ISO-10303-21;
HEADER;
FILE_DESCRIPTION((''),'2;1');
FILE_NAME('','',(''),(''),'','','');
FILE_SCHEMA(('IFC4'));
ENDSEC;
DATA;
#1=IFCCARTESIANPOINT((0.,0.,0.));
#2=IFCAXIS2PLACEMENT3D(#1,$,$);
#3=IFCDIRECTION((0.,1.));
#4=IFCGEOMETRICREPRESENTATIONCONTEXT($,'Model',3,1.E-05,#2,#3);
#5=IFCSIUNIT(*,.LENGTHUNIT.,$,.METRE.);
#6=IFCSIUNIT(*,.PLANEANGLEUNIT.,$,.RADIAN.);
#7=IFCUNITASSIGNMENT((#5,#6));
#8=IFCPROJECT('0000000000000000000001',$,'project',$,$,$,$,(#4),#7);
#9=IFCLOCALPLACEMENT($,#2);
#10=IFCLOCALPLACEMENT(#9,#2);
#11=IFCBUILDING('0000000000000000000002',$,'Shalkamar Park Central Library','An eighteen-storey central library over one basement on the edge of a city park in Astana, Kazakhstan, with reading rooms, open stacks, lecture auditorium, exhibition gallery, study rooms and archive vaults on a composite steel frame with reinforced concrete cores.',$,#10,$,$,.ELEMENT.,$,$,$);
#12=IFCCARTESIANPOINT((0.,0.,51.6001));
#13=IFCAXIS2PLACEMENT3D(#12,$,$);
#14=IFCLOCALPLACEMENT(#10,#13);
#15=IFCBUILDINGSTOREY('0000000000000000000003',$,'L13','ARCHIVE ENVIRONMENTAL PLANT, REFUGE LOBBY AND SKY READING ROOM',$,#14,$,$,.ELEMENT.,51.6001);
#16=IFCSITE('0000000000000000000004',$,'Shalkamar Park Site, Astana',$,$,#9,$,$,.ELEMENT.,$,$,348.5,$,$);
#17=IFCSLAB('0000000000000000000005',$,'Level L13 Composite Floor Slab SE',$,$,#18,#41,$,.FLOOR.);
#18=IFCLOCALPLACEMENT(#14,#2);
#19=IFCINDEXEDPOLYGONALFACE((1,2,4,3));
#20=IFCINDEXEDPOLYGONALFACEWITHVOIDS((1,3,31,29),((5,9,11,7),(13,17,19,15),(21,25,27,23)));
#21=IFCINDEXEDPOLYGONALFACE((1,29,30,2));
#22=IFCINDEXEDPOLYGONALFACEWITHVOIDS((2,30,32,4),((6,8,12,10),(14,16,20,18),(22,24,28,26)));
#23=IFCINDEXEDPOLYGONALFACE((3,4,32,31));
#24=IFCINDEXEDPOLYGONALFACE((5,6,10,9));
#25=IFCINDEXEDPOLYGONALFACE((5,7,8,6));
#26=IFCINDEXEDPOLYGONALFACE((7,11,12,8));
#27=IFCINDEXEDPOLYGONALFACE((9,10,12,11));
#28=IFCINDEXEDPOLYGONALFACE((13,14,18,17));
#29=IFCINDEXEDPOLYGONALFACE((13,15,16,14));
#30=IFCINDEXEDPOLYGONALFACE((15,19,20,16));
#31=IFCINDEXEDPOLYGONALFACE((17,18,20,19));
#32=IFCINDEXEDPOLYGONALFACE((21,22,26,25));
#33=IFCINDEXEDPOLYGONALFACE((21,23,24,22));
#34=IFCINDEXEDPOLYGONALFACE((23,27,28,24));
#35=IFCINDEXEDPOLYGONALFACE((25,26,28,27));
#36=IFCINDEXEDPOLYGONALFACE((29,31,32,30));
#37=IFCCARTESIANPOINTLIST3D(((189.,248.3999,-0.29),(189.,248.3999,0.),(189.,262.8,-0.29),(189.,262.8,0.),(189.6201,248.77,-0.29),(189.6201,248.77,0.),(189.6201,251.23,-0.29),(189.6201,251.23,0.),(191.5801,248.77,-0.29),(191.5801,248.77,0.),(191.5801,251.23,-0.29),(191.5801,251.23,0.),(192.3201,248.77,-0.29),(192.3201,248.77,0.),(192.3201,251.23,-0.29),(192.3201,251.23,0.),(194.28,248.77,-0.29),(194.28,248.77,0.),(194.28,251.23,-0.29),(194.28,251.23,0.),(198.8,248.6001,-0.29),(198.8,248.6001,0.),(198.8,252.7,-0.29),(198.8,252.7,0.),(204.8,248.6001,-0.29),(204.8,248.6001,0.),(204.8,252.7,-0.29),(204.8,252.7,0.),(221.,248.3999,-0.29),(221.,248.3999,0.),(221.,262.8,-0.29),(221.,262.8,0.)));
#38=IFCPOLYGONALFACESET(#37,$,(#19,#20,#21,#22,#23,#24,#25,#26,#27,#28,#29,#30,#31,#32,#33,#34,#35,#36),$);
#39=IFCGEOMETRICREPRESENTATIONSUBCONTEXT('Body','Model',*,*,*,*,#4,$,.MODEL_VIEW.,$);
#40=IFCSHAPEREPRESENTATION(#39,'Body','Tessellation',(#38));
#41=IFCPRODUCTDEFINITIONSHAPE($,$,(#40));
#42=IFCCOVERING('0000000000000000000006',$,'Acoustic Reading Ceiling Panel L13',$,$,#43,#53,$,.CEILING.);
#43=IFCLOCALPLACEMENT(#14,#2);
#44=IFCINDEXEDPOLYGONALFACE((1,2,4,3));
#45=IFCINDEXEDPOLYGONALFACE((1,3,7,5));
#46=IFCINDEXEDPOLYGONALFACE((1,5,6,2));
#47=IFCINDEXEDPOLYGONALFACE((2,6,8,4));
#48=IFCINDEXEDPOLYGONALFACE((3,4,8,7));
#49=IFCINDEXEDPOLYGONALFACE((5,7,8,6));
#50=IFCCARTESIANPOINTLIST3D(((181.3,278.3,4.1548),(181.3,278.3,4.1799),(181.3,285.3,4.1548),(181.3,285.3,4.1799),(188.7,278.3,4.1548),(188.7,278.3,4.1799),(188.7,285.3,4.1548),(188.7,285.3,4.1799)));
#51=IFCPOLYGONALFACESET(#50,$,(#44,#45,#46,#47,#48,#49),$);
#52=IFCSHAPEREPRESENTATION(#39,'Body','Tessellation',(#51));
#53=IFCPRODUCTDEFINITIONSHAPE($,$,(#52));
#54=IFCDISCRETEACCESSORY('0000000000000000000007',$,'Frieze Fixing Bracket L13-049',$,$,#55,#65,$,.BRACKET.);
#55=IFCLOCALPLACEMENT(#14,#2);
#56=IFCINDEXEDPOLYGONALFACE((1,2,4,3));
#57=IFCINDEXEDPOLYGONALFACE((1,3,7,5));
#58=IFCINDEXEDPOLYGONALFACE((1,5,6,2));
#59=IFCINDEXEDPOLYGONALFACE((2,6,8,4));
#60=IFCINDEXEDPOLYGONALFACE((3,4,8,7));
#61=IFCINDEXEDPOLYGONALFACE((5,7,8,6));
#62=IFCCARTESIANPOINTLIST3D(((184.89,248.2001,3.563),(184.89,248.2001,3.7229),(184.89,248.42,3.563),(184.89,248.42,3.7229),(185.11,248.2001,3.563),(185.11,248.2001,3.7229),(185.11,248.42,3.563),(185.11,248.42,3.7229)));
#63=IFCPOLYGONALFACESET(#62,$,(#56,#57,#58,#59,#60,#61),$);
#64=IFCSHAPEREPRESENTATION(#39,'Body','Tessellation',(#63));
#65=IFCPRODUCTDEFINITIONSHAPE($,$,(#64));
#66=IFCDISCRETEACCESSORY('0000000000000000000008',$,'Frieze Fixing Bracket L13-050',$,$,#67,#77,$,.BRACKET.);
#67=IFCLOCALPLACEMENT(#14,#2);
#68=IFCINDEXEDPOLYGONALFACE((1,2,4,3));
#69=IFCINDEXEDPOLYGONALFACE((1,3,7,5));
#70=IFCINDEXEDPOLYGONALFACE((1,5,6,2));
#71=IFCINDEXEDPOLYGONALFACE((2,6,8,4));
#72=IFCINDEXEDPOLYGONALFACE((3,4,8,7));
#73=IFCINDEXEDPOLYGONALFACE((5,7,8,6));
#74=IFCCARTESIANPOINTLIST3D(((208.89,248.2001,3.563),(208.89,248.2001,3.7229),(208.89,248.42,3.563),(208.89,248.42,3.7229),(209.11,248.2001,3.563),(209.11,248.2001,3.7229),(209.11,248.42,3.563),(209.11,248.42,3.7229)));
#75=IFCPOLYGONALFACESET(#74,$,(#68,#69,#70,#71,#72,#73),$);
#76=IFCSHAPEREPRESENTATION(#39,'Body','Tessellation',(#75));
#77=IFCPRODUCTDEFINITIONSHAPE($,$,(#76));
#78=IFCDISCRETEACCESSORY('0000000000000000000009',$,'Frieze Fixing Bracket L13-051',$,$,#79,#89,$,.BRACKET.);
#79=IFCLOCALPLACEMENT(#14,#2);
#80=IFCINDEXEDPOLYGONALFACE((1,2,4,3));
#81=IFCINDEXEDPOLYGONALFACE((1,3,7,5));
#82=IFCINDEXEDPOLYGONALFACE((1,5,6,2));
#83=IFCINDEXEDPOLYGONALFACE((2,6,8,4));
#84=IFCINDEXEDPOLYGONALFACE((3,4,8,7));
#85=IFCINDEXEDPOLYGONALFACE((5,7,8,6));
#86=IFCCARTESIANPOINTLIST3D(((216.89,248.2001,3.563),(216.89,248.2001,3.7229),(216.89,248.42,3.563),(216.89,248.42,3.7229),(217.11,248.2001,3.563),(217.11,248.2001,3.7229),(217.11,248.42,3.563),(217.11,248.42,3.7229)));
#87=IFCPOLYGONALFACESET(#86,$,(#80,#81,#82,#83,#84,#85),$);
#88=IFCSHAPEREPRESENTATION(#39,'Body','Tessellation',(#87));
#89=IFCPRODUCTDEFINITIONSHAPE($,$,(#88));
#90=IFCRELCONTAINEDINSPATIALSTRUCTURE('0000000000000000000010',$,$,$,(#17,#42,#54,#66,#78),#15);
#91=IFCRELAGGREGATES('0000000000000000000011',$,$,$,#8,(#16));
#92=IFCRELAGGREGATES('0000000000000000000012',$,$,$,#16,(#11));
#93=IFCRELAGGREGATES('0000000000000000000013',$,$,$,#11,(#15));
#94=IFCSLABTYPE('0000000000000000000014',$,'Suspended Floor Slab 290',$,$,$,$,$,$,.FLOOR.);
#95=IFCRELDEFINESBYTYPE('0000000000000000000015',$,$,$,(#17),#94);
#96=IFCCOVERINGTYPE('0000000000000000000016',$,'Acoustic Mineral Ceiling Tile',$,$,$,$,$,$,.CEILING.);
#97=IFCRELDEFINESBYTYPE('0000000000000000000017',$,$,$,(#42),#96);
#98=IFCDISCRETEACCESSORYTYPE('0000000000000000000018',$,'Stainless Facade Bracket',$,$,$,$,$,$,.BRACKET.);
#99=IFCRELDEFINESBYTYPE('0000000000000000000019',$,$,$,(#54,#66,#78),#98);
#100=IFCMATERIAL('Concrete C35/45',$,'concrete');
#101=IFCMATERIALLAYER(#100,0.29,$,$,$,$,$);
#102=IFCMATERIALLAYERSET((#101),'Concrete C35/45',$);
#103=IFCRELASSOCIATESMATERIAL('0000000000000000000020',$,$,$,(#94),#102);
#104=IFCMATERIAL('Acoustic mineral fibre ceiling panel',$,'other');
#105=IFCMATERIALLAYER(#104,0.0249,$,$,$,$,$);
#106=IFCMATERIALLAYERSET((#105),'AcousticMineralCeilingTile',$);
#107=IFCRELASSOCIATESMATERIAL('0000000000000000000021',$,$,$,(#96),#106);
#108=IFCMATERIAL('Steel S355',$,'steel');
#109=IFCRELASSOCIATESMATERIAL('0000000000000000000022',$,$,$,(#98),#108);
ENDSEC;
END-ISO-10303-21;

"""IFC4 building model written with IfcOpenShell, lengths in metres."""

from ifc_helpers import new_model, si_unit, direction, frame, origin, origin_2d, place, context, subcontext, project, spatial, polyline, rectangle, outline, extrude, material, layer, layer_set, type_object, element, save


model = new_model("IFC4")

# Units and contexts
model_context = context("Model", 3, precision=1e-05, world=origin(), true_north=direction((0.0, 1.0)))
body_context = subcontext(model_context, "Body", "Model", "MODEL_VIEW")
ifc_project = project(units=[si_unit("LENGTHUNIT", "METRE"), si_unit("PLANEANGLEUNIT", "RADIAN")], contexts=[model_context])

# Site, building, storey
site_placement = place(None, origin())
site = spatial("IfcSite", under=ifc_project, at=site_placement, Name="Shalkamar Park Site, Astana", CompositionType="ELEMENT", RefElevation=348.5)
building_placement = place(site_placement, origin())
building = spatial("IfcBuilding", under=site, at=building_placement, Name="Shalkamar Park Central Library", Description="An eighteen-storey central library over one basement on the edge of a city park in Astana, Kazakhstan, with reading rooms, open stacks, lecture auditorium, exhibition gallery, study rooms and archive vaults on a composite steel frame with reinforced concrete cores.", CompositionType="ELEMENT")
storey_placement = place(building_placement, frame((0.0, 0.0, 51.6001)))
storey = spatial("IfcBuildingStorey", under=building, at=storey_placement, Name="L13", Description="ARCHIVE ENVIRONMENTAL PLANT, REFUGE LOBBY AND SKY READING ROOM", CompositionType="ELEMENT", Elevation=51.6001)

# Shared definitions
ifc_material_1 = material(Name="Steel S355", Category="steel")

# Shared definitions
ifc_material_2 = material(Name="Concrete C35/45", Category="concrete")

# Slab
ifc_layer_1 = layer(ifc_material_2, 0.29)
ifc_layer_set_1 = layer_set([ifc_layer_1], Name="Concrete C35/45")
slab_type_1 = type_object("IfcSlabType", Name="Suspended Floor Slab 290", PredefinedType="FLOOR", material=ifc_layer_set_1)
slab_1_placement = place(storey_placement, frame((0.0, 0.0, -0.29)))
element("IfcSlab", 1, at=slab_1_placement, inside=storey, type_object=slab_type_1, Name="Level L13 Composite Floor Slab SE", PredefinedType="FLOOR", context=body_context, shape_type="SweptSolid", body=[
    extrude(outline(polyline([(189.0, 248.3999), (189.0, 262.8), (221.0, 262.8), (221.0, 248.3999), (189.0, 248.3999)]), holes=[polyline([(189.6201, 251.23), (189.6201, 248.77), (191.5801, 248.77), (191.5801, 251.23), (189.6201, 251.23)]), polyline([(192.3201, 251.23), (192.3201, 248.77), (194.28, 248.77), (194.28, 251.23), (192.3201, 251.23)]), polyline([(198.8, 252.7), (198.8, 248.6001), (204.8, 248.6001), (204.8, 252.7), (198.8, 252.7)])]), origin(), (0.0, 0.0, 1.0), 0.29),
])

# Covering
ifc_material_3 = material(Name="Acoustic mineral fibre ceiling panel", Category="other")
ifc_layer_2 = layer(ifc_material_3, 0.0249)
ifc_layer_set_2 = layer_set([ifc_layer_2], Name="AcousticMineralCeilingTile")
covering_type = type_object("IfcCoveringType", Name="Acoustic Mineral Ceiling Tile", PredefinedType="CEILING", material=ifc_layer_set_2)
covering_placement = place(storey_placement, frame((0.0, 0.0, 4.1548)))
element("IfcCovering", 2, at=covering_placement, inside=storey, type_object=covering_type, Name="Acoustic Reading Ceiling Panel L13", PredefinedType="CEILING", context=body_context, shape_type="SweptSolid", body=[
    extrude(outline(polyline([(181.3, 278.3), (188.7, 278.3), (188.7, 285.3), (181.3, 285.3), (181.3, 278.3)])), origin(), (0.0, 0.0, 1.0), 0.0251),
])

# Discrete accessories
discrete_accessory_type = type_object("IfcDiscreteAccessoryType", Name="Stainless Facade Bracket", PredefinedType="BRACKET", material=ifc_material_1)
for number, where, z_axis, x_axis, name in (
    (3, (185.0, 248.3101, 3.563), (0.0, 0.0, 1.0), (1.0, 0.0, 0.0), "Frieze Fixing Bracket L13-049"),
    (4, (209.0, 248.3101, 3.563), (0.0, 0.0, 1.0), (1.0, 0.0, 0.0), "Frieze Fixing Bracket L13-050"),
    (5, (217.0, 248.3101, 3.563), (0.0, 0.0, 1.0), (1.0, 0.0, 0.0), "Frieze Fixing Bracket L13-051"),
):
    element("IfcDiscreteAccessory", number, at=place(storey_placement, frame(where, z_axis=z_axis, x_axis=x_axis)), inside=storey, type_object=discrete_accessory_type, Name=name, PredefinedType="BRACKET", context=body_context, shape_type="SweptSolid", body=[
        extrude(rectangle(XDim=0.22, YDim=0.22, at=origin_2d()), origin(), (0.0, 0.0, 1.0), 0.1599),
    ])

save(model, "model.ifc")
